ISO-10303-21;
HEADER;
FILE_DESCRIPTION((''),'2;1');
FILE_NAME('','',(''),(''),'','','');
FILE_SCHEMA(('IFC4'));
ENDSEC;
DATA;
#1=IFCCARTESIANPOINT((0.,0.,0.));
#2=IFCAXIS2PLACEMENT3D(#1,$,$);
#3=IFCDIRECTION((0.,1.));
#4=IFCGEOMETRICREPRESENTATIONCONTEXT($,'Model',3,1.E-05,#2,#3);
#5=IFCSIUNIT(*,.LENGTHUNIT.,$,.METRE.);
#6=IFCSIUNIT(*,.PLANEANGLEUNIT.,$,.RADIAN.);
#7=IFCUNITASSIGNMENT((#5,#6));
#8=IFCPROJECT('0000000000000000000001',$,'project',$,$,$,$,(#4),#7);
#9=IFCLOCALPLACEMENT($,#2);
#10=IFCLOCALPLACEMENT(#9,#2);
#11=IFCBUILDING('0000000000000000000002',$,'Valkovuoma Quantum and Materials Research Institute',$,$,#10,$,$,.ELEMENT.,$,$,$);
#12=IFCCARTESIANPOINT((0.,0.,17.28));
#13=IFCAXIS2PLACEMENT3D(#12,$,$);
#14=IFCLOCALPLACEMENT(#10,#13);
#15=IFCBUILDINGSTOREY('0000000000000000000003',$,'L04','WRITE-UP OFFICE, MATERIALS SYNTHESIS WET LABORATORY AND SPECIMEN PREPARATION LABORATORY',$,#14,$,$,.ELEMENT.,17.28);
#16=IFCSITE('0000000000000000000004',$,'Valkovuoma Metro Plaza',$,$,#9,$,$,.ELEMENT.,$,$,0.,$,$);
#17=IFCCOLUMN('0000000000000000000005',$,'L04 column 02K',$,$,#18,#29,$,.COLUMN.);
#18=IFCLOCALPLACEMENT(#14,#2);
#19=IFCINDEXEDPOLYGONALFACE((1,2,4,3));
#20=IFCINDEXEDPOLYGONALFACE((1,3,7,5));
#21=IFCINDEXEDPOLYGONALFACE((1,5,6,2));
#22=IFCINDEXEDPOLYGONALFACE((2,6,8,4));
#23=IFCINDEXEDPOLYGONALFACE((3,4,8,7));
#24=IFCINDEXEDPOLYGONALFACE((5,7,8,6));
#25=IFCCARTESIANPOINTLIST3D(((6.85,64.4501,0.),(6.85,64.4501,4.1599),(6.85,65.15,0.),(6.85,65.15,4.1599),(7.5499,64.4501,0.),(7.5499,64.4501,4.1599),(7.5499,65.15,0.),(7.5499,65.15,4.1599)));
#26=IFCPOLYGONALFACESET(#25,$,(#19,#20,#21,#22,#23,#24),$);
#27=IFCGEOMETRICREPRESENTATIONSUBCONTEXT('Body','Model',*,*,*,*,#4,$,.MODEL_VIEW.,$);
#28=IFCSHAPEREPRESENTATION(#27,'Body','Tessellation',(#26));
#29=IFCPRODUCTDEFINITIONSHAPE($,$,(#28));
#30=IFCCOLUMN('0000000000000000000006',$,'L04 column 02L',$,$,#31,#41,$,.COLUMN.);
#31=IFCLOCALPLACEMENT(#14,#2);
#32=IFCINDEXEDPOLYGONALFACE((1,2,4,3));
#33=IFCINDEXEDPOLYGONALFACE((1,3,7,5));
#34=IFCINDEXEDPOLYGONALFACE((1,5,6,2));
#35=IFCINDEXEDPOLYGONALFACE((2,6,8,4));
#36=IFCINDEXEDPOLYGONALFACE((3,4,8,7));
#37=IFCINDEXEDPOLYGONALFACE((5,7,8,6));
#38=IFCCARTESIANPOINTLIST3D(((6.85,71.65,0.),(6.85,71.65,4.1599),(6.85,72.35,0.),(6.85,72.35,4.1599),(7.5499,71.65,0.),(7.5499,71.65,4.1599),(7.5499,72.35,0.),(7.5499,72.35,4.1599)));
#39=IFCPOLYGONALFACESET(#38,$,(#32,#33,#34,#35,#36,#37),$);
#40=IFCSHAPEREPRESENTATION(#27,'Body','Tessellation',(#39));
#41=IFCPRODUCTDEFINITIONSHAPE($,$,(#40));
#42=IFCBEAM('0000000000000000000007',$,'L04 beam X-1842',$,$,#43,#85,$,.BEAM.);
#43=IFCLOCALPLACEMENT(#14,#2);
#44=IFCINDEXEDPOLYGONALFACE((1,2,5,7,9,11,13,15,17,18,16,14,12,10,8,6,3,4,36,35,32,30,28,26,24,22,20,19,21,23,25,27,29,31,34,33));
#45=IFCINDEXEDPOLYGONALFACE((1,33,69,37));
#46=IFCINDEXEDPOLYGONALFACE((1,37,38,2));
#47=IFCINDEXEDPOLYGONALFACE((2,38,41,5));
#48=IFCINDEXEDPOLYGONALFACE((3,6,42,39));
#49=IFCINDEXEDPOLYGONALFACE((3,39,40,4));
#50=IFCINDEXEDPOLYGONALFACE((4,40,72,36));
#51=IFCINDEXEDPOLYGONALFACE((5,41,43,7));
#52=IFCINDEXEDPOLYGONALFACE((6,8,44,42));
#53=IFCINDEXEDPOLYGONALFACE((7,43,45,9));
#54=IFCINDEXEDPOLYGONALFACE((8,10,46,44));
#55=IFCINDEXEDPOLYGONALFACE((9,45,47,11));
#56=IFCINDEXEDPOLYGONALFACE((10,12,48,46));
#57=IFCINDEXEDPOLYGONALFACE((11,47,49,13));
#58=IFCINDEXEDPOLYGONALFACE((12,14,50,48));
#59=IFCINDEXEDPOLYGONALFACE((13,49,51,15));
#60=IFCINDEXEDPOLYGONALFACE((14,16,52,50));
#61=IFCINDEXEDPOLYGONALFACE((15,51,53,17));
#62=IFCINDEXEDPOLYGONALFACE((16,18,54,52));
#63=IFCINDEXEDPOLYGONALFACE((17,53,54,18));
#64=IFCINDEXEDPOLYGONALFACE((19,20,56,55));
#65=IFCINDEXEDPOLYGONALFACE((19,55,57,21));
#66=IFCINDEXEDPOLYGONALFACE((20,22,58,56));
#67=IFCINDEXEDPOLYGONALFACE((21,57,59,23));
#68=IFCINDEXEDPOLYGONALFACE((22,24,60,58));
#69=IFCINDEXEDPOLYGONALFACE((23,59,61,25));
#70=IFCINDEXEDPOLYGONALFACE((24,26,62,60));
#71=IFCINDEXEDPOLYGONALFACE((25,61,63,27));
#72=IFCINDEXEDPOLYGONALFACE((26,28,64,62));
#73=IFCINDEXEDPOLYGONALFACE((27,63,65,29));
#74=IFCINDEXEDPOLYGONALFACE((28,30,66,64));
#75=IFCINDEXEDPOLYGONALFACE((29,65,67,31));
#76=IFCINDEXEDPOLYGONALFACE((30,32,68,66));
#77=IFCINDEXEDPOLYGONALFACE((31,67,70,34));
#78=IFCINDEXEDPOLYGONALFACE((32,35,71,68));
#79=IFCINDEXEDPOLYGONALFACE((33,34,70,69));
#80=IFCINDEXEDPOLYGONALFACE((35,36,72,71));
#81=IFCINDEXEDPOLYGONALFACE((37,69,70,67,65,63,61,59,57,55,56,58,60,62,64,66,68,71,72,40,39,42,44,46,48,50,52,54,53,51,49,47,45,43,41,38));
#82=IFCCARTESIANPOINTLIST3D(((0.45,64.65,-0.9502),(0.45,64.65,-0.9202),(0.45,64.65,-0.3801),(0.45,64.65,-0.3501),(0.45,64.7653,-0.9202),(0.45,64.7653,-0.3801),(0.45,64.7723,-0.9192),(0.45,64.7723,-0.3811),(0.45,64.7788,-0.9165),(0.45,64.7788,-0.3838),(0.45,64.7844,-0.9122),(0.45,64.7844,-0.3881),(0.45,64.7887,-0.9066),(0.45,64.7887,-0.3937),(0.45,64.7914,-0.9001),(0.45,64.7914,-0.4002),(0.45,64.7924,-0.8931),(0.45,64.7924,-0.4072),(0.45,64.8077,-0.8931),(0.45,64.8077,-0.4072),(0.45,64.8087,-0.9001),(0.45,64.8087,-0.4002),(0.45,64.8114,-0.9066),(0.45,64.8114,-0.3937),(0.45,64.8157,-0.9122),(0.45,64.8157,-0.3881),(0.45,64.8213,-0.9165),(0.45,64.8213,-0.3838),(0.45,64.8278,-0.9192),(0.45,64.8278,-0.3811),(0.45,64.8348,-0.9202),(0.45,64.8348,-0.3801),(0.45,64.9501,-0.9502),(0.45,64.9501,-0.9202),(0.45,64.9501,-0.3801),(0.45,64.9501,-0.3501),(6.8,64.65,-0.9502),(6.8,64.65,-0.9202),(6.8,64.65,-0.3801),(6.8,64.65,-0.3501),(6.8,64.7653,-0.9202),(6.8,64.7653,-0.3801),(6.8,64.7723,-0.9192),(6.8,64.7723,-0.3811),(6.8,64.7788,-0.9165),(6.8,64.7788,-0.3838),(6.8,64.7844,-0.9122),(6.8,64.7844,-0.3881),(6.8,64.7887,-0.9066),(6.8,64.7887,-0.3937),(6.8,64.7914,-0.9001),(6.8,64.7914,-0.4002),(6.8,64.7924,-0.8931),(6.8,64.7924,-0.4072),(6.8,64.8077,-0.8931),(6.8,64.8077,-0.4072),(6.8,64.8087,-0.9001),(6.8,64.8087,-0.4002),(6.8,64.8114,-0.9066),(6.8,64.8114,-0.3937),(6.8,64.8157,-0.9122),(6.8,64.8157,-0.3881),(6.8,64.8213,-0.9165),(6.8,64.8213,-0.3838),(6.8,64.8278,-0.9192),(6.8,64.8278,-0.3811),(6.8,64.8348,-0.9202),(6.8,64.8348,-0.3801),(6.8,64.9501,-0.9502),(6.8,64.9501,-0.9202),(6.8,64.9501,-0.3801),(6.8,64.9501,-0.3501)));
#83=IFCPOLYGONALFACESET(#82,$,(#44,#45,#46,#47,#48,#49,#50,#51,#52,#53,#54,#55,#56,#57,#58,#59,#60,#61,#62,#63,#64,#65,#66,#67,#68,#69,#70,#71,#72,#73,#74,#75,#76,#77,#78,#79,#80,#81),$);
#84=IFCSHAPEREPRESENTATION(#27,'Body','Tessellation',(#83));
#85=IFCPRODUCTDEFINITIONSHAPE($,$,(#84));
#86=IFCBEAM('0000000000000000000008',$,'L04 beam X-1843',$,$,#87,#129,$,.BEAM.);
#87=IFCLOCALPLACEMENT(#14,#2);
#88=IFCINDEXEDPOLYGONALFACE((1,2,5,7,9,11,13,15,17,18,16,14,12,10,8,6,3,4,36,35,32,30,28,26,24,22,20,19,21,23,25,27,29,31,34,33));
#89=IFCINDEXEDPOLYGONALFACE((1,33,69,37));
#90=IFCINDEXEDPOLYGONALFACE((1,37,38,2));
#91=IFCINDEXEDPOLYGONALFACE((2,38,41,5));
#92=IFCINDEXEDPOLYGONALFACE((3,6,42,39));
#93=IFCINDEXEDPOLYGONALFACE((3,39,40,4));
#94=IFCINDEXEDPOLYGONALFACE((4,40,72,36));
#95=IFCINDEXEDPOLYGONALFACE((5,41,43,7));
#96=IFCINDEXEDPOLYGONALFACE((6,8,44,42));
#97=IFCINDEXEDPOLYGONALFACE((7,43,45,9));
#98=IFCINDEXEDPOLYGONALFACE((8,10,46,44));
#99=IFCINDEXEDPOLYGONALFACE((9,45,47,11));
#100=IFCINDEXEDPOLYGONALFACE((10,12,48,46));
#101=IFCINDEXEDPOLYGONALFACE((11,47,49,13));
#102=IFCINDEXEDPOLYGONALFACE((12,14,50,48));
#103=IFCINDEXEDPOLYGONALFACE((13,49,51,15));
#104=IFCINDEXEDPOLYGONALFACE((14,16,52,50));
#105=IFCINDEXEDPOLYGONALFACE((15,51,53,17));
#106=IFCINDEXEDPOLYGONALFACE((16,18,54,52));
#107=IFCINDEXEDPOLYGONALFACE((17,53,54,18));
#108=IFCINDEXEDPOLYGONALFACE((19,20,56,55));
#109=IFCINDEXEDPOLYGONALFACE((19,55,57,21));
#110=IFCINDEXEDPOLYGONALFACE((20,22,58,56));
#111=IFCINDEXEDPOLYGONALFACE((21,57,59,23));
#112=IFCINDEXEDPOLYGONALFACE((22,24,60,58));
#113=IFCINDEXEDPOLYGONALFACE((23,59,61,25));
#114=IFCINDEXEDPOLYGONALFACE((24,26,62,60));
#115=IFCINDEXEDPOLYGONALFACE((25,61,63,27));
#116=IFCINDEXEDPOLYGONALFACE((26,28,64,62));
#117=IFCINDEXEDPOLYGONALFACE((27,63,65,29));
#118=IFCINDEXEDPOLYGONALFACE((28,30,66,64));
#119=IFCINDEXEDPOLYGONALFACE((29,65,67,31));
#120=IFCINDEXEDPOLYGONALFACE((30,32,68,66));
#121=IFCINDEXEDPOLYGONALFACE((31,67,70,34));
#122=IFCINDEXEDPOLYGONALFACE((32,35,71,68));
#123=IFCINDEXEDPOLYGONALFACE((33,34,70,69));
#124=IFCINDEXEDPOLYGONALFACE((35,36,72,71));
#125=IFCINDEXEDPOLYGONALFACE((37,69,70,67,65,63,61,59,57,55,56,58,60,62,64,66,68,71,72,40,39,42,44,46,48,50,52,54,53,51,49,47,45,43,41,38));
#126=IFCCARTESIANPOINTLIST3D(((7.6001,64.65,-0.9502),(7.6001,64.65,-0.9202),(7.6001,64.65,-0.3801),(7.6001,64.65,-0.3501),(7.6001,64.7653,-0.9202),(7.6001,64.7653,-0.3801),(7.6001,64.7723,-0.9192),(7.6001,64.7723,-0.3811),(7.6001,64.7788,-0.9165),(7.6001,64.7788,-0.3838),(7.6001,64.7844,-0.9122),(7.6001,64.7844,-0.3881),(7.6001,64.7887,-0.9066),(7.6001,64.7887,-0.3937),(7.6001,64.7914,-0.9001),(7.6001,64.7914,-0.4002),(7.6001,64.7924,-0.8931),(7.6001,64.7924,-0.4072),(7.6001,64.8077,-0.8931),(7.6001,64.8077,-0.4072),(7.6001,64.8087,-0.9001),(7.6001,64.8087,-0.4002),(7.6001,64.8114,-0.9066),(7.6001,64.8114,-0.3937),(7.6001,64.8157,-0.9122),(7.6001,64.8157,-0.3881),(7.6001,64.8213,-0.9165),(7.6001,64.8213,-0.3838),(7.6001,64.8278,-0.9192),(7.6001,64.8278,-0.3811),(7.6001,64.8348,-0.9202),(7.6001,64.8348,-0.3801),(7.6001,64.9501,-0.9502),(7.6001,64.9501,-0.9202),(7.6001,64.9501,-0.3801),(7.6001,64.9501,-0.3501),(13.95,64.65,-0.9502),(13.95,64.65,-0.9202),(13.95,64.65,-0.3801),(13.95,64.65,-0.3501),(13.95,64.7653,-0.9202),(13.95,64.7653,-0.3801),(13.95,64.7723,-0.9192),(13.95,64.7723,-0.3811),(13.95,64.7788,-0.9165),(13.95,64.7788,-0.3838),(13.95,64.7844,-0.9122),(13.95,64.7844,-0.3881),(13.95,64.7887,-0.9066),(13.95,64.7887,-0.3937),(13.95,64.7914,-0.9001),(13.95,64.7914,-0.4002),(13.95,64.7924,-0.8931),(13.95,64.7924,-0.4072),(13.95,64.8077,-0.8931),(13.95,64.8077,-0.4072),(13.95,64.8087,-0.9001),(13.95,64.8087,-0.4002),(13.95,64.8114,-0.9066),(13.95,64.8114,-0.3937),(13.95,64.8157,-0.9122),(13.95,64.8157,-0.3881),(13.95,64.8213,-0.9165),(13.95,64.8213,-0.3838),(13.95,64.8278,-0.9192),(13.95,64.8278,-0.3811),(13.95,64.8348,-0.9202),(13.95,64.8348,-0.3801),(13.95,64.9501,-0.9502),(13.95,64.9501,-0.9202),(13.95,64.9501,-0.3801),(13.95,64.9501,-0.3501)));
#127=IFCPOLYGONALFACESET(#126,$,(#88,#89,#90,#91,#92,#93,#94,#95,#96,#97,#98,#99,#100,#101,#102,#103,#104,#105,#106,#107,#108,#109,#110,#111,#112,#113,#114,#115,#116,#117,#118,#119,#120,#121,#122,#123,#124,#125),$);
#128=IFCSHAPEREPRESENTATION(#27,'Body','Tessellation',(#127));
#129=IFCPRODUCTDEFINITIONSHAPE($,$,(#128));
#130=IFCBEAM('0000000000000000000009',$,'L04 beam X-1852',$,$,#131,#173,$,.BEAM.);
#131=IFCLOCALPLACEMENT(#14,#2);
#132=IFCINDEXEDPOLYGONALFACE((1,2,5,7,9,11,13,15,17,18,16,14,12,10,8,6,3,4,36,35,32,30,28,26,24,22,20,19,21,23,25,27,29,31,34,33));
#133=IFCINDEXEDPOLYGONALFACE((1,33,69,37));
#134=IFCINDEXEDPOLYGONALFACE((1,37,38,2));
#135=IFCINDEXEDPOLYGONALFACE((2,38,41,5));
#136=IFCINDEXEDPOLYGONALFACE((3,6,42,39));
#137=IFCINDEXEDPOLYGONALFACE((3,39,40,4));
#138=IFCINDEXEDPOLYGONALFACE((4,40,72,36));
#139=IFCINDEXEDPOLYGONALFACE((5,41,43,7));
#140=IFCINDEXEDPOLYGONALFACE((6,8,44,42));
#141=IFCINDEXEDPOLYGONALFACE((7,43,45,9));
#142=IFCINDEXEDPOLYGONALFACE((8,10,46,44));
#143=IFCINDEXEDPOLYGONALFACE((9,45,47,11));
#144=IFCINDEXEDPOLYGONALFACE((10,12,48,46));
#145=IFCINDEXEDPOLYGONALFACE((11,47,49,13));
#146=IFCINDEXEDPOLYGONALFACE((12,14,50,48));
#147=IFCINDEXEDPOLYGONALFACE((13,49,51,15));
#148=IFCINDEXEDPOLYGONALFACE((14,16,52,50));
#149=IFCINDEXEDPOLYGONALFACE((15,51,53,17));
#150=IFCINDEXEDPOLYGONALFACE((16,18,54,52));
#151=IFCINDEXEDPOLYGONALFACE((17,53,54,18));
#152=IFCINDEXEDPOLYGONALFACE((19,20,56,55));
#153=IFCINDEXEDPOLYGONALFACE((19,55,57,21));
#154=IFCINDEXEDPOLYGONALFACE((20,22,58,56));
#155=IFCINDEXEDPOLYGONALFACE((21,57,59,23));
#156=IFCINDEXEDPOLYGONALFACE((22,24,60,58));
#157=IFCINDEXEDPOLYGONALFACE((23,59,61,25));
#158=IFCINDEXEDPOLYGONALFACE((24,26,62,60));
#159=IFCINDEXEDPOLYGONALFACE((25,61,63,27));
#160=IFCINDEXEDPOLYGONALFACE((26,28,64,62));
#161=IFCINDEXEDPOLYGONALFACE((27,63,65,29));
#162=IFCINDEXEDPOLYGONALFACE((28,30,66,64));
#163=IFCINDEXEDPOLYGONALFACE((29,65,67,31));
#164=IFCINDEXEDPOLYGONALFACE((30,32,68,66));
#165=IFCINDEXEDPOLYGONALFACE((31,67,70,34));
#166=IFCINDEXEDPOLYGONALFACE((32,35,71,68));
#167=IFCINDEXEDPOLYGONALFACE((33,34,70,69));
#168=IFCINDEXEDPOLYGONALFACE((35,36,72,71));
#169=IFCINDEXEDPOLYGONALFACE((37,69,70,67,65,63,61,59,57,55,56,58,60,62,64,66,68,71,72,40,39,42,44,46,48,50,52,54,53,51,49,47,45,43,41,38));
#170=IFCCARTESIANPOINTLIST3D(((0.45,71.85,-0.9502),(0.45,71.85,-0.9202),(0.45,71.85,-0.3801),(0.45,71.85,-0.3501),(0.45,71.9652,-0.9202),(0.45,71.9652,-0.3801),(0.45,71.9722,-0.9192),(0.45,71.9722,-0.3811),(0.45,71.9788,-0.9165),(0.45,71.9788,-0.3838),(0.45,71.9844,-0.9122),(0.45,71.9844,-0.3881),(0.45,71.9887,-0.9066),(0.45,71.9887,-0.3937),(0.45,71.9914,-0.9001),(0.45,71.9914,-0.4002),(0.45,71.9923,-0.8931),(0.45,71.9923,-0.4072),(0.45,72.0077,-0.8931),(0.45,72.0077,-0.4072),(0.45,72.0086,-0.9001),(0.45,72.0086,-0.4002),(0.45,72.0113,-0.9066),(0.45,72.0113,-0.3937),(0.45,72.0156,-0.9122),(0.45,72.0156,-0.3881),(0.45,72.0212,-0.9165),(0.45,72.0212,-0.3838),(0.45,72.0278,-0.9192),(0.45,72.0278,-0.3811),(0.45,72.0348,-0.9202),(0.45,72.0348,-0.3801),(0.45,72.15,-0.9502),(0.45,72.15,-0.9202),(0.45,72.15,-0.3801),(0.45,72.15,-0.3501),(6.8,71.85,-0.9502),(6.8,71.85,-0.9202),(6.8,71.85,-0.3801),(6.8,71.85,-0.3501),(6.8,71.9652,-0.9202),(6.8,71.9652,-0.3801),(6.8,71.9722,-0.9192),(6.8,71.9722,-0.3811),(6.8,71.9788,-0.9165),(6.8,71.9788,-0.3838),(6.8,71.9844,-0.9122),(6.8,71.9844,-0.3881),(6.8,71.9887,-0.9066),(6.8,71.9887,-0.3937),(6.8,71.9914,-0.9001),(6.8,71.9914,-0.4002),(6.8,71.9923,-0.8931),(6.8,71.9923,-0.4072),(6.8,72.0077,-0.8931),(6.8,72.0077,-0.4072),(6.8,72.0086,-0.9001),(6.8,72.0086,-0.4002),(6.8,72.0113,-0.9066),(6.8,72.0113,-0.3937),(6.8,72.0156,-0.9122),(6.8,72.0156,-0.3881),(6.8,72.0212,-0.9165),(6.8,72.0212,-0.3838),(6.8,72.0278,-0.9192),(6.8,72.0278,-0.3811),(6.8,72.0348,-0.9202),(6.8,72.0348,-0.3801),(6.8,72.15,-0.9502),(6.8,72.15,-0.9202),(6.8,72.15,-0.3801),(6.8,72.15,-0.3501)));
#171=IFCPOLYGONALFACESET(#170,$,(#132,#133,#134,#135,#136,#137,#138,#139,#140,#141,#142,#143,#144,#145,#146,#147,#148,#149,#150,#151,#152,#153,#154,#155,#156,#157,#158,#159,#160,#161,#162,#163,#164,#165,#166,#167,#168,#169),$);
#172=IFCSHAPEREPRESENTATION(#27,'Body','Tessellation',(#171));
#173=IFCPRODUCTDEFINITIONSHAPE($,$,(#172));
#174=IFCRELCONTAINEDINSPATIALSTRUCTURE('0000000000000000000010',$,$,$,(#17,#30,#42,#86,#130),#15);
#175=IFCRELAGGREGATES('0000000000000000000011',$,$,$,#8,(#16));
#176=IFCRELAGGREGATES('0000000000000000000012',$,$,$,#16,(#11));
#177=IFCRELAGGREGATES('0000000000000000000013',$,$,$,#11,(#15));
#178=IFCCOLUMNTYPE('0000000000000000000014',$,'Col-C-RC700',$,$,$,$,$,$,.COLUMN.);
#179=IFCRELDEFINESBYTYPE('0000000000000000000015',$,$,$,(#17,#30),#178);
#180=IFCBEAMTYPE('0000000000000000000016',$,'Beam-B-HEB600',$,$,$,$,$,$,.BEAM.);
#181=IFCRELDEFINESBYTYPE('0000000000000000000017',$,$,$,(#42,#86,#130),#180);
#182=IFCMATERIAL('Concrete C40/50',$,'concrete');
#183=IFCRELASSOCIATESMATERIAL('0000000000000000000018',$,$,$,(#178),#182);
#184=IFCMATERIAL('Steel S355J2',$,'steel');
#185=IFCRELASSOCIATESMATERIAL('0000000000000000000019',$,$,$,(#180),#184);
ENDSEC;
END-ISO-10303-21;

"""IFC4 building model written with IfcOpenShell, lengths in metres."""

from ifc_helpers import new_model, si_unit, direction, frame, origin, origin_2d, place, context, subcontext, project, spatial, rectangle, i_section, extrude, material, material_profile, profile_set, type_object, element, save


model = new_model("IFC4")

# Units and contexts
model_context = context("Model", 3, precision=1e-05, world=origin(), true_north=direction((0.0, 1.0)))
body_context = subcontext(model_context, "Body", "Model", "MODEL_VIEW")
ifc_project = project(units=[si_unit("LENGTHUNIT", "METRE"), si_unit("PLANEANGLEUNIT", "RADIAN")], contexts=[model_context])

# Site, building, storey
site_placement = place(None, origin())
site = spatial("IfcSite", under=ifc_project, at=site_placement, Name="Valkovuoma Metro Plaza", CompositionType="ELEMENT", RefElevation=0.0)
building_placement = place(site_placement, origin())
building = spatial("IfcBuilding", under=site, at=building_placement, Name="Valkovuoma Quantum and Materials Research Institute", CompositionType="ELEMENT")
storey_placement = place(building_placement, frame((0.0, 0.0, 17.28)))
storey = spatial("IfcBuildingStorey", under=building, at=storey_placement, Name="L04", Description="WRITE-UP OFFICE, MATERIALS SYNTHESIS WET LABORATORY AND SPECIMEN PREPARATION LABORATORY", CompositionType="ELEMENT", Elevation=17.28)

# Columns
ifc_material_1 = material(Name="Concrete C40/50", Category="concrete")
ifc_material_profile_1 = material_profile(ifc_material_1, rectangle(XDim=0.7, YDim=0.7, at=origin_2d()), Name="Concrete C40/50")
ifc_profile_set_1 = profile_set([ifc_material_profile_1], Name="Concrete C40/50")
column_type = type_object("IfcColumnType", Name="Col-C-RC700", PredefinedType="COLUMN", material=ifc_profile_set_1)
for number, where, z_axis, x_axis, name in (
    (1, (7.2, 64.8, 0.0), (0.0, 0.0, 1.0), (1.0, 0.0, 0.0), "L04 column 02K"),
    (2, (7.2, 72.0, 0.0), (0.0, 0.0, 1.0), (1.0, 0.0, 0.0), "L04 column 02L"),
):
    element("IfcColumn", number, at=place(storey_placement, frame(where, z_axis=z_axis, x_axis=x_axis)), inside=storey, type_object=column_type, Name=name, PredefinedType="COLUMN", context=body_context, shape_type="SweptSolid", body=[
        extrude(rectangle(XDim=0.7, YDim=0.7, at=origin_2d()), origin(), (0.0, 0.0, 1.0), 4.1599),
    ])

# Beams
ifc_material_2 = material(Name="Steel S355J2", Category="steel")
ifc_material_profile_2 = material_profile(ifc_material_2, i_section(OverallWidth=0.3, OverallDepth=0.6001, WebThickness=0.0154, FlangeThickness=0.03, FilletRadius=0.0271, at=origin_2d()), Name="Steel S355J2")
ifc_profile_set_2 = profile_set([ifc_material_profile_2], Name="Steel S355J2")
beam_type_1 = type_object("IfcBeamType", Name="Beam-B-HEB600", PredefinedType="BEAM", material=ifc_profile_set_2)
beam_1_placement = place(storey_placement, frame((0.45, 64.8, -0.6501), z_axis=(1.0, 0.0, 0.0), x_axis=(0.0, 1.0, 0.0)))
element("IfcBeam", 3, at=beam_1_placement, inside=storey, type_object=beam_type_1, Name="L04 beam X-1842", PredefinedType="BEAM", context=body_context, shape_type="SweptSolid", body=[
    extrude(i_section(OverallWidth=0.3, OverallDepth=0.6001, WebThickness=0.0154, FlangeThickness=0.03, FilletRadius=0.0271, at=origin_2d()), origin(), (0.0, 0.0, 1.0), 6.3501),
])
beam_2_placement = place(storey_placement, frame((7.6001, 64.8, -0.6501), z_axis=(1.0, 0.0, 0.0), x_axis=(0.0, 1.0, 0.0)))
element("IfcBeam", 4, at=beam_2_placement, inside=storey, type_object=beam_type_1, Name="L04 beam X-1843", PredefinedType="BEAM", context=body_context, shape_type="SweptSolid", body=[
    extrude(i_section(OverallWidth=0.3, OverallDepth=0.6001, WebThickness=0.0154, FlangeThickness=0.03, FilletRadius=0.0271, at=origin_2d()), origin(), (0.0, 0.0, 1.0), 6.3499),
])
beam_3_placement = place(storey_placement, frame((0.45, 72.0, -0.6501), z_axis=(1.0, 0.0, 0.0), x_axis=(0.0, 1.0, 0.0)))
element("IfcBeam", 5, at=beam_3_placement, inside=storey, type_object=beam_type_1, Name="L04 beam X-1852", PredefinedType="BEAM", context=body_context, shape_type="SweptSolid", body=[
    extrude(i_section(OverallWidth=0.3, OverallDepth=0.6001, WebThickness=0.0154, FlangeThickness=0.03, FilletRadius=0.0271, at=origin_2d()), origin(), (0.0, 0.0, 1.0), 6.3501),
])

save(model, "model.ifc")
